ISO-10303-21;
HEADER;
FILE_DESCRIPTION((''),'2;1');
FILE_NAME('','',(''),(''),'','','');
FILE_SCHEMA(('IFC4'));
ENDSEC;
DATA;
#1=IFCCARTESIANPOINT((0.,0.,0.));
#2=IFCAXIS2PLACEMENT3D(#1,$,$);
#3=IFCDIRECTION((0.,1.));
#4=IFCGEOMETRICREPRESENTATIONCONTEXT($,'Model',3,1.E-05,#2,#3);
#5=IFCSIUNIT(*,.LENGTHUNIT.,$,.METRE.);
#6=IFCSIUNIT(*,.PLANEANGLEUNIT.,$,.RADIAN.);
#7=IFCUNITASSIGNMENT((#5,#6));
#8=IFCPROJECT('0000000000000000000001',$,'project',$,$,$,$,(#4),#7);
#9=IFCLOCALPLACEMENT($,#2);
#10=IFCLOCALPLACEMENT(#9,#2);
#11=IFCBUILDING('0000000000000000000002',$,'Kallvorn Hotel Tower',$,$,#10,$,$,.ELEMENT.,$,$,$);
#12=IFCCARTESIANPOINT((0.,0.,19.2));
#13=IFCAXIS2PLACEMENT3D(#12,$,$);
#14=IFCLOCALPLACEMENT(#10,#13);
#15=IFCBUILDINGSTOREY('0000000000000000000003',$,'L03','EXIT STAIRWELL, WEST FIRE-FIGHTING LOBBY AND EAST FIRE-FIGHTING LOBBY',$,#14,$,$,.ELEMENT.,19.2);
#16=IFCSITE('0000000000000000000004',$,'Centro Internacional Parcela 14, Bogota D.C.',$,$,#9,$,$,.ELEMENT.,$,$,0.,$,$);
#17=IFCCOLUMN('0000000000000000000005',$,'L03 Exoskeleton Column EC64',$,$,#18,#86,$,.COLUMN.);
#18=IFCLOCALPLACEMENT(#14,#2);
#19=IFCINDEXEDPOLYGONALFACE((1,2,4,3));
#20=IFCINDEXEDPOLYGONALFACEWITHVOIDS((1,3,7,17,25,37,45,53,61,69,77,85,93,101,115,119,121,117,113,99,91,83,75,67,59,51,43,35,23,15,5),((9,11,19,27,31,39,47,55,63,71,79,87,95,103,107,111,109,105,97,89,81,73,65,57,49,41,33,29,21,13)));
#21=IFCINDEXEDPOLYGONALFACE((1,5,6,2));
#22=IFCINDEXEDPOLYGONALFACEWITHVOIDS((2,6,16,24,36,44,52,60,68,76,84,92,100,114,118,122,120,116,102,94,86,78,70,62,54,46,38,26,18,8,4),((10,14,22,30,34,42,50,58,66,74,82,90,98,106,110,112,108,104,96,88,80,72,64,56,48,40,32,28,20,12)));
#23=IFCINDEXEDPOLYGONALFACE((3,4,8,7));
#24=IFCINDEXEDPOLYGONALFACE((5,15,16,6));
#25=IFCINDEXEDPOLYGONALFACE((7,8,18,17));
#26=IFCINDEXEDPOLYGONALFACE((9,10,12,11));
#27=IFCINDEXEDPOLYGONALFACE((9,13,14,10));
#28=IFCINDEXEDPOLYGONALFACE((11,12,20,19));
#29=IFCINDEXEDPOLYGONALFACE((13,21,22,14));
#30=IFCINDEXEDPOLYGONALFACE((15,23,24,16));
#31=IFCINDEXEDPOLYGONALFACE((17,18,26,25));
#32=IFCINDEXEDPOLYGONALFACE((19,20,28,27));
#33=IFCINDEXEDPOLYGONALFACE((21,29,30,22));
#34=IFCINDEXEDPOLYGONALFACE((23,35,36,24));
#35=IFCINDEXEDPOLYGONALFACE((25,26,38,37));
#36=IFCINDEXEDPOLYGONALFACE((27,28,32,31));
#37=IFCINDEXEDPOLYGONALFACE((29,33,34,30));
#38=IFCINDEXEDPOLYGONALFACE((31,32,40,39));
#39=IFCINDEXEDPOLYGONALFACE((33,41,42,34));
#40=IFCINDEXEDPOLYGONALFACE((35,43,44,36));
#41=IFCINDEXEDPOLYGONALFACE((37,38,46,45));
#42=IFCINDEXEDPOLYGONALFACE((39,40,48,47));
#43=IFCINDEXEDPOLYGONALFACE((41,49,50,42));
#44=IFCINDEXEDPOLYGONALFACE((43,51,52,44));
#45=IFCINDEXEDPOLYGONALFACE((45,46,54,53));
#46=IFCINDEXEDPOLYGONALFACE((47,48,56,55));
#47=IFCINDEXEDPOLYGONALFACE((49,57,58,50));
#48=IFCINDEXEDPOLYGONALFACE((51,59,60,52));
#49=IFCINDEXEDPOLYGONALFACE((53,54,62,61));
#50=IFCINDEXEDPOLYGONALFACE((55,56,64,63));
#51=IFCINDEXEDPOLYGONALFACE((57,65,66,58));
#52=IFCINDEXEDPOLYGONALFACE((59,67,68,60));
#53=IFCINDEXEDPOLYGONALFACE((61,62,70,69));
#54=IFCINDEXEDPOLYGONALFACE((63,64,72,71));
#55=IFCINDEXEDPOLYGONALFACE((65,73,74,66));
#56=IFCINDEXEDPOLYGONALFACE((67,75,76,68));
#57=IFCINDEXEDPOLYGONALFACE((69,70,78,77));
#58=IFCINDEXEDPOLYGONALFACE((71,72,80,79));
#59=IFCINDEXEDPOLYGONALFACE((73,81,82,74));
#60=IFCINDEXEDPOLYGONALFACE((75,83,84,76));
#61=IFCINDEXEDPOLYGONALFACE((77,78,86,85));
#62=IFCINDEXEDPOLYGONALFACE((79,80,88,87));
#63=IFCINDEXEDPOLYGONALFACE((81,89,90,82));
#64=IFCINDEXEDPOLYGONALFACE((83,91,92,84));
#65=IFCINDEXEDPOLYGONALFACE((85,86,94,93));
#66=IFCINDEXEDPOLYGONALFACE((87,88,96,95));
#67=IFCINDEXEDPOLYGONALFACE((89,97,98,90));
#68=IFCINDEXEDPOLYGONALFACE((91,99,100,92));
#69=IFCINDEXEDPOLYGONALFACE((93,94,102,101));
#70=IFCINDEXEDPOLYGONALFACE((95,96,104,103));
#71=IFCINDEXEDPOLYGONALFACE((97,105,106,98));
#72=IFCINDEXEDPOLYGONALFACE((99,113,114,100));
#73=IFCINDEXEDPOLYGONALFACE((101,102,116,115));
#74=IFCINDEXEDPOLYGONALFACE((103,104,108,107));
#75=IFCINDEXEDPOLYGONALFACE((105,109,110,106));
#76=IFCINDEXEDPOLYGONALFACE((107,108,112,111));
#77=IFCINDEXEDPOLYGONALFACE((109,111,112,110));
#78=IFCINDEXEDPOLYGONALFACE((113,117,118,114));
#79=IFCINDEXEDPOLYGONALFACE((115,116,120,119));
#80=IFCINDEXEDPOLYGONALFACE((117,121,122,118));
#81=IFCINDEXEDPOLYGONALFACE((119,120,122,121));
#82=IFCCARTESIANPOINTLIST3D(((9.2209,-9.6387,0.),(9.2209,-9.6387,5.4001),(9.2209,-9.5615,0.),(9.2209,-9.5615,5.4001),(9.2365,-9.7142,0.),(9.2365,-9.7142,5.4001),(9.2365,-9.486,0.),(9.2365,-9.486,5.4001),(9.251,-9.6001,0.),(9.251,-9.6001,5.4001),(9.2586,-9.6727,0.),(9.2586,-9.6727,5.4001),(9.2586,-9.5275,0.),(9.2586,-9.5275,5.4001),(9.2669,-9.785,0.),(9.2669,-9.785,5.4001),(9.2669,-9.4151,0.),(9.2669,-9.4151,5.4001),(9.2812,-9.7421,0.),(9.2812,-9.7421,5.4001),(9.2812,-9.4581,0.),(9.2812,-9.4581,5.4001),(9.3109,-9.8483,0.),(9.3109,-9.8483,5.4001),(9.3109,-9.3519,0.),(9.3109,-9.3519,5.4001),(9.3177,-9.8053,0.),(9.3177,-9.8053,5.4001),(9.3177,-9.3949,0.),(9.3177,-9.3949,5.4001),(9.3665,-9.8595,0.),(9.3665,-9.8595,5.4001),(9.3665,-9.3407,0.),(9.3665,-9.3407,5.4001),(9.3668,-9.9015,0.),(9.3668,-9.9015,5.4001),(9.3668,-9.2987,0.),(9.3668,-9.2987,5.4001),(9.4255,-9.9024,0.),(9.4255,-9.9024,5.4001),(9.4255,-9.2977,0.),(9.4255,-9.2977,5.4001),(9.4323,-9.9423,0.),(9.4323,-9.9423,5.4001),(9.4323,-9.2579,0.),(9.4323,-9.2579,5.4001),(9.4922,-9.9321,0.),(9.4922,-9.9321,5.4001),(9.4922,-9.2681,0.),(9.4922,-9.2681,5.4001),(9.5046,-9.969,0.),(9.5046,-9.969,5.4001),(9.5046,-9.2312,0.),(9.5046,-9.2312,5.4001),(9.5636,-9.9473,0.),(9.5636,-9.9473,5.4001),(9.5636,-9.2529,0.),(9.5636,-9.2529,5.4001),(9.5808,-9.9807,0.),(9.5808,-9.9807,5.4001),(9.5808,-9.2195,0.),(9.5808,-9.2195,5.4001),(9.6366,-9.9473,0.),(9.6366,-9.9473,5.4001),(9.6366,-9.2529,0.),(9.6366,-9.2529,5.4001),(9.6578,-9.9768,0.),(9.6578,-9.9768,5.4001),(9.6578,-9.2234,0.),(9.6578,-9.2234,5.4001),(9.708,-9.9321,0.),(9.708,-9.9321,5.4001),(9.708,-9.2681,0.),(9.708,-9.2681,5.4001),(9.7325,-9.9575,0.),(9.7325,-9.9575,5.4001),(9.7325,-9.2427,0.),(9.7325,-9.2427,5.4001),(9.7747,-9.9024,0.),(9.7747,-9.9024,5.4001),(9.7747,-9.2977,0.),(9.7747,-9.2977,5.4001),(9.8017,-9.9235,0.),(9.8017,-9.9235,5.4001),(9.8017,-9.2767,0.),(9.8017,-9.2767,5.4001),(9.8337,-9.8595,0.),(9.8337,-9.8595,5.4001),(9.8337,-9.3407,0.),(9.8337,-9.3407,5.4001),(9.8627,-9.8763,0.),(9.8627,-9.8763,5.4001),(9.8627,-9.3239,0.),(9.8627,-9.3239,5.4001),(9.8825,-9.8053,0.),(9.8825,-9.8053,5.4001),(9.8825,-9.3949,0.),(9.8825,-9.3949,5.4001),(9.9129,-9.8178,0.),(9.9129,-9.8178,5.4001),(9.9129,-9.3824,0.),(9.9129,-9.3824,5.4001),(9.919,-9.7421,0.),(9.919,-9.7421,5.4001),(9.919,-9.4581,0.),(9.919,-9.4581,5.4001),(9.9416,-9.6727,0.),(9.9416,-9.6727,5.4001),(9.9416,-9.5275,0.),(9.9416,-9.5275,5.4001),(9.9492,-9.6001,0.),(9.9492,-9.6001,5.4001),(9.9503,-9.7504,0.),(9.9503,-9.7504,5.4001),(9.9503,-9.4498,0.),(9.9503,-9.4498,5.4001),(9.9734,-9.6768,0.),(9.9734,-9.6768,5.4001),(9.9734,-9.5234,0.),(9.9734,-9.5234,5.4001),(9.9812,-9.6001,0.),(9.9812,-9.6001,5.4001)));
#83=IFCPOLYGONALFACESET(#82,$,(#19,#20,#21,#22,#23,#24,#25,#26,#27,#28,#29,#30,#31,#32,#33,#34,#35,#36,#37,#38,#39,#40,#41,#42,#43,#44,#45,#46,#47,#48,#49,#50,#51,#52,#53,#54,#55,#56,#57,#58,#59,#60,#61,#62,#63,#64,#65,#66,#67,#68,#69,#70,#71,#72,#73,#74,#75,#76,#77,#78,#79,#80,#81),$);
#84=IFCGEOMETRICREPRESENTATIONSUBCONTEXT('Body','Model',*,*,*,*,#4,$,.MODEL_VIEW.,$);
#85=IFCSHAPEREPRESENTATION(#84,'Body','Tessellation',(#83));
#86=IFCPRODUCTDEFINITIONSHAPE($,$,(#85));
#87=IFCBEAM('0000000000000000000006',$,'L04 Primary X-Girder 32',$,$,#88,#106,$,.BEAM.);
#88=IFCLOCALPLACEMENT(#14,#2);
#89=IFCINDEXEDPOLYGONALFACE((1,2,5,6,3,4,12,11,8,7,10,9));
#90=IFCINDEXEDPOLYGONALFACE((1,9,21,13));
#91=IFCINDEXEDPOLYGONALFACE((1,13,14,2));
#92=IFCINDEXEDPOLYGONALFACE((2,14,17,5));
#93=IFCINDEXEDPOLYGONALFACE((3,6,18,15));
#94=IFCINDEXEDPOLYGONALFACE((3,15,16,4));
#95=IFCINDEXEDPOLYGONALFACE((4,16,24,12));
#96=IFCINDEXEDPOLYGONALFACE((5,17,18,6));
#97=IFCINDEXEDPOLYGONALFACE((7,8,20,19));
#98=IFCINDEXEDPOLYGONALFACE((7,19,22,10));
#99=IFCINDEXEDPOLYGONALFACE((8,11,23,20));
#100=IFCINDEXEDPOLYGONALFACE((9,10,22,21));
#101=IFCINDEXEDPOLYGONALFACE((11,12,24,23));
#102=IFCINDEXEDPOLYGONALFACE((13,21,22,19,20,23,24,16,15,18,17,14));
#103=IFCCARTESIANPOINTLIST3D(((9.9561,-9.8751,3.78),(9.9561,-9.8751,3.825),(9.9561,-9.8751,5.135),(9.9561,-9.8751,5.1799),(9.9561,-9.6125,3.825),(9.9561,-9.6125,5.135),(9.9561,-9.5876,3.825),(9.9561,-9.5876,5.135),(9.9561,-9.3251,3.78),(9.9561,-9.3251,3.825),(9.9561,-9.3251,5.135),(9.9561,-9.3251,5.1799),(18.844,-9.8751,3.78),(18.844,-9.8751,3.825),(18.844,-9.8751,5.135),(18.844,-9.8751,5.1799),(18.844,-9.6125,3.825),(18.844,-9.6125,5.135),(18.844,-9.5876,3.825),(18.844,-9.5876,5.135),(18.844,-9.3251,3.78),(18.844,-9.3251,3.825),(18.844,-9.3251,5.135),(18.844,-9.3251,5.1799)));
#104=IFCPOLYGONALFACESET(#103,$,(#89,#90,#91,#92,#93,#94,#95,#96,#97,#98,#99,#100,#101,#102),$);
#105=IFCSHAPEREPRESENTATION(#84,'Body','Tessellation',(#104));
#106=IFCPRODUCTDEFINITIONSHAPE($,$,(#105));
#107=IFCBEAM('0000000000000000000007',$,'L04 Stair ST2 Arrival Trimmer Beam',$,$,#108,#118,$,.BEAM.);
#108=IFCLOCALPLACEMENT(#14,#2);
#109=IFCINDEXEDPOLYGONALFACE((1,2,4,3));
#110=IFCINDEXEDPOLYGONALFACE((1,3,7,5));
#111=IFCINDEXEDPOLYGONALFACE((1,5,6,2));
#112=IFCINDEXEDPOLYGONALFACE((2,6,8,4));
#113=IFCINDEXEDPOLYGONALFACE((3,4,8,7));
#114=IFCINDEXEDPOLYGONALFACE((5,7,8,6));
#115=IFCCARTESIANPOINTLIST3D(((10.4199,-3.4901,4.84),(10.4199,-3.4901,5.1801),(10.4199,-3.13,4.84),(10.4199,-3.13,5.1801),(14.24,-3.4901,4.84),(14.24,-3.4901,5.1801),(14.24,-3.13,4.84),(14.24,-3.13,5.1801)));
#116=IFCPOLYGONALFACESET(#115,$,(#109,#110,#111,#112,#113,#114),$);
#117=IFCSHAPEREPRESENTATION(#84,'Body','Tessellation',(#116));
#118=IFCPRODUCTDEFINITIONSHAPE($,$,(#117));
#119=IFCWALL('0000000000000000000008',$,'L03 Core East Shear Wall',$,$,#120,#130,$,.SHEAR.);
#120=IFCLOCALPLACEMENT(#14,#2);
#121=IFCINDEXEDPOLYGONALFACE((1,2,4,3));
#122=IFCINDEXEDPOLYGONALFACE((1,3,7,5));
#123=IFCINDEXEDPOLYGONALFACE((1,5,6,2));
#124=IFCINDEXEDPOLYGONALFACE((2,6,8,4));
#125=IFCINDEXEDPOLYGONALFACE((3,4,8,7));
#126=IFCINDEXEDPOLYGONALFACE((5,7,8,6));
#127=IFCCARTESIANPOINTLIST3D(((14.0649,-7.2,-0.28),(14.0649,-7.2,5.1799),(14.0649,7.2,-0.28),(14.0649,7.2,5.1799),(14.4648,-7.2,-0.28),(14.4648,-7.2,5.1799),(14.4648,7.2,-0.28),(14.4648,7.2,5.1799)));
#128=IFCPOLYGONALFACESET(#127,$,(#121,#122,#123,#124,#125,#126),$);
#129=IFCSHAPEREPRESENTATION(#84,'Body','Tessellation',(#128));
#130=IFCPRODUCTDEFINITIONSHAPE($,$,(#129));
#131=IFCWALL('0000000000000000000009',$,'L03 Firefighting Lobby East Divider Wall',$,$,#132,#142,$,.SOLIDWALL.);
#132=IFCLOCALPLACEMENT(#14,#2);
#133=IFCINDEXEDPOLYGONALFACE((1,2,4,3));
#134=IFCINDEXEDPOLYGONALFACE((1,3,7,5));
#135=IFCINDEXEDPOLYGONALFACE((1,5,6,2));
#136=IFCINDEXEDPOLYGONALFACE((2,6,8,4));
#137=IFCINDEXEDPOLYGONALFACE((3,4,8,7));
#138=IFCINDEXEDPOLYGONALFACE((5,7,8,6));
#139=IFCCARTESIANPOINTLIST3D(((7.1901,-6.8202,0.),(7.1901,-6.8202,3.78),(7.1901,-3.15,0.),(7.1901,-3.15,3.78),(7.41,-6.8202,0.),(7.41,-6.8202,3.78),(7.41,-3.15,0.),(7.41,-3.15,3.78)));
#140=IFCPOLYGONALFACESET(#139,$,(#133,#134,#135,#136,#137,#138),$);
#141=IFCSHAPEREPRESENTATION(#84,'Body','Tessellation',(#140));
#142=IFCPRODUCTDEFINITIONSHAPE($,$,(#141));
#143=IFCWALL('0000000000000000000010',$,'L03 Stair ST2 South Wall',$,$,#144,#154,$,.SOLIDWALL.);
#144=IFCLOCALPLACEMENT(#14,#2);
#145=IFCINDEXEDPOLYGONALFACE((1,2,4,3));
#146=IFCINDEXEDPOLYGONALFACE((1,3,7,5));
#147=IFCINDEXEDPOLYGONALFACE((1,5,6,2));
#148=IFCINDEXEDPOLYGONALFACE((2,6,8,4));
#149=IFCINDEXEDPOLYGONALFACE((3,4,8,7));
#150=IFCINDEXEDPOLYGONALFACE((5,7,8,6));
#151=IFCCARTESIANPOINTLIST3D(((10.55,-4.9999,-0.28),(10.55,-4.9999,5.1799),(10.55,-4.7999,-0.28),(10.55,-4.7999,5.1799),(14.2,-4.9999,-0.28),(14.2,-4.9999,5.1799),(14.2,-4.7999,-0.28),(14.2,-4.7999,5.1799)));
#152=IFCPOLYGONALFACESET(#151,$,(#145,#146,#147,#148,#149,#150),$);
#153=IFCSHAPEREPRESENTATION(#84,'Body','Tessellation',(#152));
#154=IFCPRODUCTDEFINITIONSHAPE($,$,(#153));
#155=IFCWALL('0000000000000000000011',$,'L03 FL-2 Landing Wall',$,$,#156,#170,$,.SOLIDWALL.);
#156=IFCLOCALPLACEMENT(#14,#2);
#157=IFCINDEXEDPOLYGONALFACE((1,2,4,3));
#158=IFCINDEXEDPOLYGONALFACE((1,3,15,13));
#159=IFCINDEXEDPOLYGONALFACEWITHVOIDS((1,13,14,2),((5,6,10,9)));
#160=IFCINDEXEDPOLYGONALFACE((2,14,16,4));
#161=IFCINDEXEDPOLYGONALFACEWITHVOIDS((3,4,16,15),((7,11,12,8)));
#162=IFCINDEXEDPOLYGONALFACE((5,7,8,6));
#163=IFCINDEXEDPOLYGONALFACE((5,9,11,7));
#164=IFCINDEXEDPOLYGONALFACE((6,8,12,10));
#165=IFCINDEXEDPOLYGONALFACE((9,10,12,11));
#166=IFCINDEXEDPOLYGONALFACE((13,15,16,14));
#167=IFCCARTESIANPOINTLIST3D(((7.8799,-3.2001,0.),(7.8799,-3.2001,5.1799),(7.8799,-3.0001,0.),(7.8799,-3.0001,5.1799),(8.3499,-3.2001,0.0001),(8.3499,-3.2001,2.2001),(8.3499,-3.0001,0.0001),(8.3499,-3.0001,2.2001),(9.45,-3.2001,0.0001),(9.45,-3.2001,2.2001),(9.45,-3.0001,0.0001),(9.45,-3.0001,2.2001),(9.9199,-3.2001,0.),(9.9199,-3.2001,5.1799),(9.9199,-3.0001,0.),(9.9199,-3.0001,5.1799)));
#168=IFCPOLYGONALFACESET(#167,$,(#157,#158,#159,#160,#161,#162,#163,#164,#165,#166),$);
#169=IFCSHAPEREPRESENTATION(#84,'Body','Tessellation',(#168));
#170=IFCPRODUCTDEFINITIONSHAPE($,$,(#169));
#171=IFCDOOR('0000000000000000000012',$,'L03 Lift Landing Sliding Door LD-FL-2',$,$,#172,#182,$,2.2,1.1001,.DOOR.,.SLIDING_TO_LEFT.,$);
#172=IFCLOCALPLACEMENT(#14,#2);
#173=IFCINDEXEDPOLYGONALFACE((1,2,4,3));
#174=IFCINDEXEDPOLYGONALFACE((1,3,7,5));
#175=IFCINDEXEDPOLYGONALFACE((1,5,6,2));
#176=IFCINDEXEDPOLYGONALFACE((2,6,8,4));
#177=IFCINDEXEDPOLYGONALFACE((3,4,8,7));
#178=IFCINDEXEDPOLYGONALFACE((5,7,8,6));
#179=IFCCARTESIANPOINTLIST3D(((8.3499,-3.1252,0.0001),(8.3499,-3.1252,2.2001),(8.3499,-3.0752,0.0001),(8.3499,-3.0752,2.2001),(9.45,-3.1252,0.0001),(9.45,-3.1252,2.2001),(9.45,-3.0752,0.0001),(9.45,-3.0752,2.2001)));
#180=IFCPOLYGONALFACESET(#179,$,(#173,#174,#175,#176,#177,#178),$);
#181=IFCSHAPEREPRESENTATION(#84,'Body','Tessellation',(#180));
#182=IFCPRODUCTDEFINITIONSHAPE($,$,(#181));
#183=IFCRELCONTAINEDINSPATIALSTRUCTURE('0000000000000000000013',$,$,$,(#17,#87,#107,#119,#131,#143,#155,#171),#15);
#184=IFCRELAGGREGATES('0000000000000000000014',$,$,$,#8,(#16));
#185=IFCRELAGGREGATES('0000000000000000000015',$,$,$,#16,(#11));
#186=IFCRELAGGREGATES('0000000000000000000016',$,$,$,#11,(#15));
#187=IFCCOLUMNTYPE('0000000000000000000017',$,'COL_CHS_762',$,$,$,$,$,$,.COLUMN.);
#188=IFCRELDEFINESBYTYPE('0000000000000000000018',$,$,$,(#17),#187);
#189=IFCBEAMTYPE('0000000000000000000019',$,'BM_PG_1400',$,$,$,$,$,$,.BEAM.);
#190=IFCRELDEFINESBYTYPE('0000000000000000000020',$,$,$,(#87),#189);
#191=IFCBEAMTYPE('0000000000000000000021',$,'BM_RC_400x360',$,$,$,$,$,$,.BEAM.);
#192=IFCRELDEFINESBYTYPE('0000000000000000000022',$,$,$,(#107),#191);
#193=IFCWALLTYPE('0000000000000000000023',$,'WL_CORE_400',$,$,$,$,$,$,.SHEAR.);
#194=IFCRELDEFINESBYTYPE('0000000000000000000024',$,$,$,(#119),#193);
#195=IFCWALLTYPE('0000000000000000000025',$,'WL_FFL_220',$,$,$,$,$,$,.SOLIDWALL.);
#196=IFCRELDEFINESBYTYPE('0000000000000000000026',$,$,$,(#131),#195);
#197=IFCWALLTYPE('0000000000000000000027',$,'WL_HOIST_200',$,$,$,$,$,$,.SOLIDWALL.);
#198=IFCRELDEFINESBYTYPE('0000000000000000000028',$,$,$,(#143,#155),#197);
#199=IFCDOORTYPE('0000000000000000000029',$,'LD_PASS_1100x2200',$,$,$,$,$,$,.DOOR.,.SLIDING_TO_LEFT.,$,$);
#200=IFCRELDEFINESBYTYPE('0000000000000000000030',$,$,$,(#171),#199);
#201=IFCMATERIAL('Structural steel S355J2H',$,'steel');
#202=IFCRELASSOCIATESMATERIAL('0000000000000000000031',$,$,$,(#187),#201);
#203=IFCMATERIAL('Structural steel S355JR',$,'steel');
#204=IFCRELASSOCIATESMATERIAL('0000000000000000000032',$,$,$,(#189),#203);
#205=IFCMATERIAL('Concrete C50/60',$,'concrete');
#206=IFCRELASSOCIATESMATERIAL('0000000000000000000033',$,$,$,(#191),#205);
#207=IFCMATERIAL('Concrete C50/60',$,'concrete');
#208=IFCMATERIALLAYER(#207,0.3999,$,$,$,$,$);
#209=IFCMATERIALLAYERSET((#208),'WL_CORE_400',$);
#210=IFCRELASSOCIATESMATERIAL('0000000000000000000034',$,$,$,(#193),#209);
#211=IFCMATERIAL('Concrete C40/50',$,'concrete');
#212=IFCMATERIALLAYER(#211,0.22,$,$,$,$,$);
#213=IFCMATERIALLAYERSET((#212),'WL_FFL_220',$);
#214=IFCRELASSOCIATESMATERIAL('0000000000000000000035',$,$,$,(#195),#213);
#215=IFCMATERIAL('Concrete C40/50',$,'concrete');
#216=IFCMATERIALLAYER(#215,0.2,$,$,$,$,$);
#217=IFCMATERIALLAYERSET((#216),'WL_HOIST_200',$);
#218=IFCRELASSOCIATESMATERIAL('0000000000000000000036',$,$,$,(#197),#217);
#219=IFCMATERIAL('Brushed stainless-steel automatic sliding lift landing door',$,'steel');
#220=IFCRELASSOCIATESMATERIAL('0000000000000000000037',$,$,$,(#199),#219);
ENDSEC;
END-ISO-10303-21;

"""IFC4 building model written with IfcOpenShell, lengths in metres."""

from ifc_helpers import new_model, si_unit, direction, frame, frame_2d, origin, origin_2d, place, context, subcontext, project, spatial, rectangle, hollow_circle, i_section, extrude, material, layer, layer_set, material_profile, profile_set, type_object, element, fill, save


model = new_model("IFC4")

# Units and contexts
model_context = context("Model", 3, precision=1e-05, world=origin(), true_north=direction((0.0, 1.0)))
body_context = subcontext(model_context, "Body", "Model", "MODEL_VIEW")
ifc_project = project(units=[si_unit("LENGTHUNIT", "METRE"), si_unit("PLANEANGLEUNIT", "RADIAN")], contexts=[model_context])

# Site, building, storey
site_placement = place(None, origin())
site = spatial("IfcSite", under=ifc_project, at=site_placement, Name="Centro Internacional Parcela 14, Bogota D.C.", CompositionType="ELEMENT", RefElevation=0.0)
building_placement = place(site_placement, origin())
building = spatial("IfcBuilding", under=site, at=building_placement, Name="Kallvorn Hotel Tower", CompositionType="ELEMENT")
storey_placement = place(building_placement, frame((0.0, 0.0, 19.2)))
storey = spatial("IfcBuildingStorey", under=building, at=storey_placement, Name="L03", Description="EXIT STAIRWELL, WEST FIRE-FIGHTING LOBBY AND EAST FIRE-FIGHTING LOBBY", CompositionType="ELEMENT", Elevation=19.2)

# Column
ifc_material_1 = material(Name="Structural steel S355J2H", Category="steel")
ifc_material_profile_1 = material_profile(ifc_material_1, hollow_circle(Radius=0.3811, WallThickness=0.032, at=origin_2d()), Name="CHS 762x32")
ifc_profile_set_1 = profile_set([ifc_material_profile_1], Name="Structural steel S355J2H")
column_type = type_object("IfcColumnType", Name="COL_CHS_762", PredefinedType="COLUMN", material=ifc_profile_set_1)
column_placement = place(storey_placement, frame((9.6001, -9.6001, 0.0), z_axis=(0.0, 0.0, 1.0), x_axis=(1.0, 0.0, 0.0)))
element("IfcColumn", 1, at=column_placement, inside=storey, type_object=column_type, Name="L03 Exoskeleton Column EC64", PredefinedType="COLUMN", context=body_context, shape_type="SweptSolid", body=[
    extrude(hollow_circle(Radius=0.3811, WallThickness=0.032, at=origin_2d()), origin(), (0.0, 0.0, 1.0), 5.4001),
])

# Beams
ifc_material_2 = material(Name="Structural steel S355JR", Category="steel")
ifc_material_profile_2 = material_profile(ifc_material_2, i_section(OverallWidth=0.55, OverallDepth=1.3999, WebThickness=0.0249, FlangeThickness=0.0449, at=origin_2d()), Name="PG 1400x550x25x45")
ifc_profile_set_2 = profile_set([ifc_material_profile_2], Name="Structural steel S355JR")
beam_type_1 = type_object("IfcBeamType", Name="BM_PG_1400", PredefinedType="BEAM", material=ifc_profile_set_2)
beam_1_placement = place(storey_placement, frame((9.9561, -9.6001, 4.48), z_axis=(1.0, 0.0, 0.0), x_axis=(0.0, 1.0, 0.0)))
element("IfcBeam", 2, at=beam_1_placement, inside=storey, type_object=beam_type_1, Name="L04 Primary X-Girder 32", PredefinedType="BEAM", context=body_context, shape_type="SweptSolid", body=[
    extrude(i_section(OverallWidth=0.55, OverallDepth=1.3999, WebThickness=0.0249, FlangeThickness=0.0449, at=origin_2d()), origin(), (0.0, 0.0, 1.0), 8.8879),
])
ifc_material_3 = material(Name="Concrete C50/60", Category="concrete")
ifc_material_profile_3 = material_profile(ifc_material_3, rectangle(XDim=0.3601, YDim=0.3401, at=origin_2d()), Name="RC 360x340")
ifc_profile_set_3 = profile_set([ifc_material_profile_3], Name="Concrete C50/60")
beam_type_2 = type_object("IfcBeamType", Name="BM_RC_400x360", PredefinedType="BEAM", material=ifc_profile_set_3)
beam_2_placement = place(storey_placement, frame((14.24, -3.3101, 5.01), z_axis=(-1.0, 0.0, 0.0), x_axis=(0.0, -1.0, 0.0)))
element("IfcBeam", 3, at=beam_2_placement, inside=storey, type_object=beam_type_2, Name="L04 Stair ST2 Arrival Trimmer Beam", PredefinedType="BEAM", context=body_context, shape_type="SweptSolid", body=[
    extrude(rectangle(XDim=0.3601, YDim=0.3401, at=origin_2d()), origin(), (0.0, 0.0, 1.0), 3.8201),
])

# Walls
ifc_material_4 = material(Name="Concrete C50/60", Category="concrete")
ifc_layer_1 = layer(ifc_material_4, 0.3999)
ifc_layer_set_1 = layer_set([ifc_layer_1], Name="WL_CORE_400")
wall_type_1 = type_object("IfcWallType", Name="WL_CORE_400", PredefinedType="SHEAR", material=ifc_layer_set_1)
wall_1_placement = place(storey_placement, frame((14.2649, -7.2, -0.28), z_axis=(0.0, 0.0, 1.0), x_axis=(0.0, 1.0, 0.0)))
element("IfcWall", 4, at=wall_1_placement, inside=storey, type_object=wall_type_1, Name="L03 Core East Shear Wall", PredefinedType="SHEAR", context=body_context, shape_type="SweptSolid", body=[
    extrude(rectangle(XDim=14.3999, YDim=0.3999, at=frame_2d((7.2, 0.0))), origin(), (0.0, 0.0, 1.0), 5.46),
])
ifc_material_5 = material(Name="Concrete C40/50", Category="concrete")
ifc_layer_2 = layer(ifc_material_5, 0.22)
ifc_layer_set_2 = layer_set([ifc_layer_2], Name="WL_FFL_220")
wall_type_2 = type_object("IfcWallType", Name="WL_FFL_220", PredefinedType="SOLIDWALL", material=ifc_layer_set_2)
wall_2_placement = place(storey_placement, frame((7.3, -6.8201, 0.0), z_axis=(0.0, 0.0, 1.0), x_axis=(0.0, 1.0, 0.0)))
element("IfcWall", 5, at=wall_2_placement, inside=storey, type_object=wall_type_2, Name="L03 Firefighting Lobby East Divider Wall", PredefinedType="SOLIDWALL", context=body_context, shape_type="SweptSolid", body=[
    extrude(rectangle(XDim=3.6702, YDim=0.22, at=frame_2d((1.835, 0.0))), origin(), (0.0, 0.0, 1.0), 3.78),
])
ifc_material_6 = material(Name="Concrete C40/50", Category="concrete")
ifc_layer_3 = layer(ifc_material_6, 0.2)
ifc_layer_set_3 = layer_set([ifc_layer_3], Name="WL_HOIST_200")
wall_type_3 = type_object("IfcWallType", Name="WL_HOIST_200", PredefinedType="SOLIDWALL", material=ifc_layer_set_3)
wall_3_placement = place(storey_placement, frame((10.55, -4.8999, -0.28), z_axis=(0.0, 0.0, 1.0), x_axis=(1.0, 0.0, 0.0)))
element("IfcWall", 6, at=wall_3_placement, inside=storey, type_object=wall_type_3, Name="L03 Stair ST2 South Wall", PredefinedType="SOLIDWALL", context=body_context, shape_type="SweptSolid", body=[
    extrude(rectangle(XDim=3.6499, YDim=0.2, at=frame_2d((1.825, 0.0))), origin(), (0.0, 0.0, 1.0), 5.46),
])

# Wall, opening, door
wall_4_placement = place(storey_placement, frame((7.8799, -3.1001, 0.0), z_axis=(0.0, 0.0, 1.0), x_axis=(1.0, 0.0, 0.0)))
wall_4 = element("IfcWall", 7, at=wall_4_placement, inside=storey, type_object=wall_type_3, Name="L03 FL-2 Landing Wall", PredefinedType="SOLIDWALL", context=body_context, shape_type="SweptSolid", body=[
    extrude(rectangle(XDim=2.04, YDim=0.2, at=frame_2d((1.02, 0.0))), origin(), (0.0, 0.0, 1.0), 5.1799),
])
opening_1_placement = place(wall_4_placement, frame((0.47, 0.0, 0.0)))
opening_1 = element("IfcOpeningElement", 8, at=opening_1_placement, cuts=wall_4, PredefinedType="OPENING", context=body_context, shape_type="SweptSolid", body=[
    extrude(rectangle(XDim=1.1001, YDim=2.2, at=frame_2d((0.55, 1.1001))), frame((0.0, 0.115, 0.0), z_axis=(0.0, -1.0, 0.0), x_axis=(1.0, 0.0, 0.0)), (0.0, 0.0, 1.0), 0.23),
])
ifc_material_7 = material(Name="Brushed stainless-steel automatic sliding lift landing door", Category="steel")
door_type_1 = type_object("IfcDoorType", Name="LD_PASS_1100x2200", OperationType="SLIDING_TO_LEFT", PredefinedType="DOOR", material=ifc_material_7)
door_1_placement = place(opening_1_placement, origin())
door_1 = element("IfcDoor", 9, at=door_1_placement, inside=storey, type_object=door_type_1, Name="L03 Lift Landing Sliding Door LD-FL-2", OperationType="SLIDING_TO_LEFT", OverallHeight=2.2, OverallWidth=1.1001, PredefinedType="DOOR", context=body_context, shape_type="SweptSolid", body=[
    extrude(rectangle(XDim=1.1001, YDim=2.2, at=frame_2d((0.55, 1.1001))), frame((0.0, 0.0249, 0.0), z_axis=(0.0, -1.0, 0.0), x_axis=(1.0, 0.0, 0.0)), (0.0, 0.0, 1.0), 0.05),
])
fill(opening_1, door_1)

save(model, "model.ifc")
